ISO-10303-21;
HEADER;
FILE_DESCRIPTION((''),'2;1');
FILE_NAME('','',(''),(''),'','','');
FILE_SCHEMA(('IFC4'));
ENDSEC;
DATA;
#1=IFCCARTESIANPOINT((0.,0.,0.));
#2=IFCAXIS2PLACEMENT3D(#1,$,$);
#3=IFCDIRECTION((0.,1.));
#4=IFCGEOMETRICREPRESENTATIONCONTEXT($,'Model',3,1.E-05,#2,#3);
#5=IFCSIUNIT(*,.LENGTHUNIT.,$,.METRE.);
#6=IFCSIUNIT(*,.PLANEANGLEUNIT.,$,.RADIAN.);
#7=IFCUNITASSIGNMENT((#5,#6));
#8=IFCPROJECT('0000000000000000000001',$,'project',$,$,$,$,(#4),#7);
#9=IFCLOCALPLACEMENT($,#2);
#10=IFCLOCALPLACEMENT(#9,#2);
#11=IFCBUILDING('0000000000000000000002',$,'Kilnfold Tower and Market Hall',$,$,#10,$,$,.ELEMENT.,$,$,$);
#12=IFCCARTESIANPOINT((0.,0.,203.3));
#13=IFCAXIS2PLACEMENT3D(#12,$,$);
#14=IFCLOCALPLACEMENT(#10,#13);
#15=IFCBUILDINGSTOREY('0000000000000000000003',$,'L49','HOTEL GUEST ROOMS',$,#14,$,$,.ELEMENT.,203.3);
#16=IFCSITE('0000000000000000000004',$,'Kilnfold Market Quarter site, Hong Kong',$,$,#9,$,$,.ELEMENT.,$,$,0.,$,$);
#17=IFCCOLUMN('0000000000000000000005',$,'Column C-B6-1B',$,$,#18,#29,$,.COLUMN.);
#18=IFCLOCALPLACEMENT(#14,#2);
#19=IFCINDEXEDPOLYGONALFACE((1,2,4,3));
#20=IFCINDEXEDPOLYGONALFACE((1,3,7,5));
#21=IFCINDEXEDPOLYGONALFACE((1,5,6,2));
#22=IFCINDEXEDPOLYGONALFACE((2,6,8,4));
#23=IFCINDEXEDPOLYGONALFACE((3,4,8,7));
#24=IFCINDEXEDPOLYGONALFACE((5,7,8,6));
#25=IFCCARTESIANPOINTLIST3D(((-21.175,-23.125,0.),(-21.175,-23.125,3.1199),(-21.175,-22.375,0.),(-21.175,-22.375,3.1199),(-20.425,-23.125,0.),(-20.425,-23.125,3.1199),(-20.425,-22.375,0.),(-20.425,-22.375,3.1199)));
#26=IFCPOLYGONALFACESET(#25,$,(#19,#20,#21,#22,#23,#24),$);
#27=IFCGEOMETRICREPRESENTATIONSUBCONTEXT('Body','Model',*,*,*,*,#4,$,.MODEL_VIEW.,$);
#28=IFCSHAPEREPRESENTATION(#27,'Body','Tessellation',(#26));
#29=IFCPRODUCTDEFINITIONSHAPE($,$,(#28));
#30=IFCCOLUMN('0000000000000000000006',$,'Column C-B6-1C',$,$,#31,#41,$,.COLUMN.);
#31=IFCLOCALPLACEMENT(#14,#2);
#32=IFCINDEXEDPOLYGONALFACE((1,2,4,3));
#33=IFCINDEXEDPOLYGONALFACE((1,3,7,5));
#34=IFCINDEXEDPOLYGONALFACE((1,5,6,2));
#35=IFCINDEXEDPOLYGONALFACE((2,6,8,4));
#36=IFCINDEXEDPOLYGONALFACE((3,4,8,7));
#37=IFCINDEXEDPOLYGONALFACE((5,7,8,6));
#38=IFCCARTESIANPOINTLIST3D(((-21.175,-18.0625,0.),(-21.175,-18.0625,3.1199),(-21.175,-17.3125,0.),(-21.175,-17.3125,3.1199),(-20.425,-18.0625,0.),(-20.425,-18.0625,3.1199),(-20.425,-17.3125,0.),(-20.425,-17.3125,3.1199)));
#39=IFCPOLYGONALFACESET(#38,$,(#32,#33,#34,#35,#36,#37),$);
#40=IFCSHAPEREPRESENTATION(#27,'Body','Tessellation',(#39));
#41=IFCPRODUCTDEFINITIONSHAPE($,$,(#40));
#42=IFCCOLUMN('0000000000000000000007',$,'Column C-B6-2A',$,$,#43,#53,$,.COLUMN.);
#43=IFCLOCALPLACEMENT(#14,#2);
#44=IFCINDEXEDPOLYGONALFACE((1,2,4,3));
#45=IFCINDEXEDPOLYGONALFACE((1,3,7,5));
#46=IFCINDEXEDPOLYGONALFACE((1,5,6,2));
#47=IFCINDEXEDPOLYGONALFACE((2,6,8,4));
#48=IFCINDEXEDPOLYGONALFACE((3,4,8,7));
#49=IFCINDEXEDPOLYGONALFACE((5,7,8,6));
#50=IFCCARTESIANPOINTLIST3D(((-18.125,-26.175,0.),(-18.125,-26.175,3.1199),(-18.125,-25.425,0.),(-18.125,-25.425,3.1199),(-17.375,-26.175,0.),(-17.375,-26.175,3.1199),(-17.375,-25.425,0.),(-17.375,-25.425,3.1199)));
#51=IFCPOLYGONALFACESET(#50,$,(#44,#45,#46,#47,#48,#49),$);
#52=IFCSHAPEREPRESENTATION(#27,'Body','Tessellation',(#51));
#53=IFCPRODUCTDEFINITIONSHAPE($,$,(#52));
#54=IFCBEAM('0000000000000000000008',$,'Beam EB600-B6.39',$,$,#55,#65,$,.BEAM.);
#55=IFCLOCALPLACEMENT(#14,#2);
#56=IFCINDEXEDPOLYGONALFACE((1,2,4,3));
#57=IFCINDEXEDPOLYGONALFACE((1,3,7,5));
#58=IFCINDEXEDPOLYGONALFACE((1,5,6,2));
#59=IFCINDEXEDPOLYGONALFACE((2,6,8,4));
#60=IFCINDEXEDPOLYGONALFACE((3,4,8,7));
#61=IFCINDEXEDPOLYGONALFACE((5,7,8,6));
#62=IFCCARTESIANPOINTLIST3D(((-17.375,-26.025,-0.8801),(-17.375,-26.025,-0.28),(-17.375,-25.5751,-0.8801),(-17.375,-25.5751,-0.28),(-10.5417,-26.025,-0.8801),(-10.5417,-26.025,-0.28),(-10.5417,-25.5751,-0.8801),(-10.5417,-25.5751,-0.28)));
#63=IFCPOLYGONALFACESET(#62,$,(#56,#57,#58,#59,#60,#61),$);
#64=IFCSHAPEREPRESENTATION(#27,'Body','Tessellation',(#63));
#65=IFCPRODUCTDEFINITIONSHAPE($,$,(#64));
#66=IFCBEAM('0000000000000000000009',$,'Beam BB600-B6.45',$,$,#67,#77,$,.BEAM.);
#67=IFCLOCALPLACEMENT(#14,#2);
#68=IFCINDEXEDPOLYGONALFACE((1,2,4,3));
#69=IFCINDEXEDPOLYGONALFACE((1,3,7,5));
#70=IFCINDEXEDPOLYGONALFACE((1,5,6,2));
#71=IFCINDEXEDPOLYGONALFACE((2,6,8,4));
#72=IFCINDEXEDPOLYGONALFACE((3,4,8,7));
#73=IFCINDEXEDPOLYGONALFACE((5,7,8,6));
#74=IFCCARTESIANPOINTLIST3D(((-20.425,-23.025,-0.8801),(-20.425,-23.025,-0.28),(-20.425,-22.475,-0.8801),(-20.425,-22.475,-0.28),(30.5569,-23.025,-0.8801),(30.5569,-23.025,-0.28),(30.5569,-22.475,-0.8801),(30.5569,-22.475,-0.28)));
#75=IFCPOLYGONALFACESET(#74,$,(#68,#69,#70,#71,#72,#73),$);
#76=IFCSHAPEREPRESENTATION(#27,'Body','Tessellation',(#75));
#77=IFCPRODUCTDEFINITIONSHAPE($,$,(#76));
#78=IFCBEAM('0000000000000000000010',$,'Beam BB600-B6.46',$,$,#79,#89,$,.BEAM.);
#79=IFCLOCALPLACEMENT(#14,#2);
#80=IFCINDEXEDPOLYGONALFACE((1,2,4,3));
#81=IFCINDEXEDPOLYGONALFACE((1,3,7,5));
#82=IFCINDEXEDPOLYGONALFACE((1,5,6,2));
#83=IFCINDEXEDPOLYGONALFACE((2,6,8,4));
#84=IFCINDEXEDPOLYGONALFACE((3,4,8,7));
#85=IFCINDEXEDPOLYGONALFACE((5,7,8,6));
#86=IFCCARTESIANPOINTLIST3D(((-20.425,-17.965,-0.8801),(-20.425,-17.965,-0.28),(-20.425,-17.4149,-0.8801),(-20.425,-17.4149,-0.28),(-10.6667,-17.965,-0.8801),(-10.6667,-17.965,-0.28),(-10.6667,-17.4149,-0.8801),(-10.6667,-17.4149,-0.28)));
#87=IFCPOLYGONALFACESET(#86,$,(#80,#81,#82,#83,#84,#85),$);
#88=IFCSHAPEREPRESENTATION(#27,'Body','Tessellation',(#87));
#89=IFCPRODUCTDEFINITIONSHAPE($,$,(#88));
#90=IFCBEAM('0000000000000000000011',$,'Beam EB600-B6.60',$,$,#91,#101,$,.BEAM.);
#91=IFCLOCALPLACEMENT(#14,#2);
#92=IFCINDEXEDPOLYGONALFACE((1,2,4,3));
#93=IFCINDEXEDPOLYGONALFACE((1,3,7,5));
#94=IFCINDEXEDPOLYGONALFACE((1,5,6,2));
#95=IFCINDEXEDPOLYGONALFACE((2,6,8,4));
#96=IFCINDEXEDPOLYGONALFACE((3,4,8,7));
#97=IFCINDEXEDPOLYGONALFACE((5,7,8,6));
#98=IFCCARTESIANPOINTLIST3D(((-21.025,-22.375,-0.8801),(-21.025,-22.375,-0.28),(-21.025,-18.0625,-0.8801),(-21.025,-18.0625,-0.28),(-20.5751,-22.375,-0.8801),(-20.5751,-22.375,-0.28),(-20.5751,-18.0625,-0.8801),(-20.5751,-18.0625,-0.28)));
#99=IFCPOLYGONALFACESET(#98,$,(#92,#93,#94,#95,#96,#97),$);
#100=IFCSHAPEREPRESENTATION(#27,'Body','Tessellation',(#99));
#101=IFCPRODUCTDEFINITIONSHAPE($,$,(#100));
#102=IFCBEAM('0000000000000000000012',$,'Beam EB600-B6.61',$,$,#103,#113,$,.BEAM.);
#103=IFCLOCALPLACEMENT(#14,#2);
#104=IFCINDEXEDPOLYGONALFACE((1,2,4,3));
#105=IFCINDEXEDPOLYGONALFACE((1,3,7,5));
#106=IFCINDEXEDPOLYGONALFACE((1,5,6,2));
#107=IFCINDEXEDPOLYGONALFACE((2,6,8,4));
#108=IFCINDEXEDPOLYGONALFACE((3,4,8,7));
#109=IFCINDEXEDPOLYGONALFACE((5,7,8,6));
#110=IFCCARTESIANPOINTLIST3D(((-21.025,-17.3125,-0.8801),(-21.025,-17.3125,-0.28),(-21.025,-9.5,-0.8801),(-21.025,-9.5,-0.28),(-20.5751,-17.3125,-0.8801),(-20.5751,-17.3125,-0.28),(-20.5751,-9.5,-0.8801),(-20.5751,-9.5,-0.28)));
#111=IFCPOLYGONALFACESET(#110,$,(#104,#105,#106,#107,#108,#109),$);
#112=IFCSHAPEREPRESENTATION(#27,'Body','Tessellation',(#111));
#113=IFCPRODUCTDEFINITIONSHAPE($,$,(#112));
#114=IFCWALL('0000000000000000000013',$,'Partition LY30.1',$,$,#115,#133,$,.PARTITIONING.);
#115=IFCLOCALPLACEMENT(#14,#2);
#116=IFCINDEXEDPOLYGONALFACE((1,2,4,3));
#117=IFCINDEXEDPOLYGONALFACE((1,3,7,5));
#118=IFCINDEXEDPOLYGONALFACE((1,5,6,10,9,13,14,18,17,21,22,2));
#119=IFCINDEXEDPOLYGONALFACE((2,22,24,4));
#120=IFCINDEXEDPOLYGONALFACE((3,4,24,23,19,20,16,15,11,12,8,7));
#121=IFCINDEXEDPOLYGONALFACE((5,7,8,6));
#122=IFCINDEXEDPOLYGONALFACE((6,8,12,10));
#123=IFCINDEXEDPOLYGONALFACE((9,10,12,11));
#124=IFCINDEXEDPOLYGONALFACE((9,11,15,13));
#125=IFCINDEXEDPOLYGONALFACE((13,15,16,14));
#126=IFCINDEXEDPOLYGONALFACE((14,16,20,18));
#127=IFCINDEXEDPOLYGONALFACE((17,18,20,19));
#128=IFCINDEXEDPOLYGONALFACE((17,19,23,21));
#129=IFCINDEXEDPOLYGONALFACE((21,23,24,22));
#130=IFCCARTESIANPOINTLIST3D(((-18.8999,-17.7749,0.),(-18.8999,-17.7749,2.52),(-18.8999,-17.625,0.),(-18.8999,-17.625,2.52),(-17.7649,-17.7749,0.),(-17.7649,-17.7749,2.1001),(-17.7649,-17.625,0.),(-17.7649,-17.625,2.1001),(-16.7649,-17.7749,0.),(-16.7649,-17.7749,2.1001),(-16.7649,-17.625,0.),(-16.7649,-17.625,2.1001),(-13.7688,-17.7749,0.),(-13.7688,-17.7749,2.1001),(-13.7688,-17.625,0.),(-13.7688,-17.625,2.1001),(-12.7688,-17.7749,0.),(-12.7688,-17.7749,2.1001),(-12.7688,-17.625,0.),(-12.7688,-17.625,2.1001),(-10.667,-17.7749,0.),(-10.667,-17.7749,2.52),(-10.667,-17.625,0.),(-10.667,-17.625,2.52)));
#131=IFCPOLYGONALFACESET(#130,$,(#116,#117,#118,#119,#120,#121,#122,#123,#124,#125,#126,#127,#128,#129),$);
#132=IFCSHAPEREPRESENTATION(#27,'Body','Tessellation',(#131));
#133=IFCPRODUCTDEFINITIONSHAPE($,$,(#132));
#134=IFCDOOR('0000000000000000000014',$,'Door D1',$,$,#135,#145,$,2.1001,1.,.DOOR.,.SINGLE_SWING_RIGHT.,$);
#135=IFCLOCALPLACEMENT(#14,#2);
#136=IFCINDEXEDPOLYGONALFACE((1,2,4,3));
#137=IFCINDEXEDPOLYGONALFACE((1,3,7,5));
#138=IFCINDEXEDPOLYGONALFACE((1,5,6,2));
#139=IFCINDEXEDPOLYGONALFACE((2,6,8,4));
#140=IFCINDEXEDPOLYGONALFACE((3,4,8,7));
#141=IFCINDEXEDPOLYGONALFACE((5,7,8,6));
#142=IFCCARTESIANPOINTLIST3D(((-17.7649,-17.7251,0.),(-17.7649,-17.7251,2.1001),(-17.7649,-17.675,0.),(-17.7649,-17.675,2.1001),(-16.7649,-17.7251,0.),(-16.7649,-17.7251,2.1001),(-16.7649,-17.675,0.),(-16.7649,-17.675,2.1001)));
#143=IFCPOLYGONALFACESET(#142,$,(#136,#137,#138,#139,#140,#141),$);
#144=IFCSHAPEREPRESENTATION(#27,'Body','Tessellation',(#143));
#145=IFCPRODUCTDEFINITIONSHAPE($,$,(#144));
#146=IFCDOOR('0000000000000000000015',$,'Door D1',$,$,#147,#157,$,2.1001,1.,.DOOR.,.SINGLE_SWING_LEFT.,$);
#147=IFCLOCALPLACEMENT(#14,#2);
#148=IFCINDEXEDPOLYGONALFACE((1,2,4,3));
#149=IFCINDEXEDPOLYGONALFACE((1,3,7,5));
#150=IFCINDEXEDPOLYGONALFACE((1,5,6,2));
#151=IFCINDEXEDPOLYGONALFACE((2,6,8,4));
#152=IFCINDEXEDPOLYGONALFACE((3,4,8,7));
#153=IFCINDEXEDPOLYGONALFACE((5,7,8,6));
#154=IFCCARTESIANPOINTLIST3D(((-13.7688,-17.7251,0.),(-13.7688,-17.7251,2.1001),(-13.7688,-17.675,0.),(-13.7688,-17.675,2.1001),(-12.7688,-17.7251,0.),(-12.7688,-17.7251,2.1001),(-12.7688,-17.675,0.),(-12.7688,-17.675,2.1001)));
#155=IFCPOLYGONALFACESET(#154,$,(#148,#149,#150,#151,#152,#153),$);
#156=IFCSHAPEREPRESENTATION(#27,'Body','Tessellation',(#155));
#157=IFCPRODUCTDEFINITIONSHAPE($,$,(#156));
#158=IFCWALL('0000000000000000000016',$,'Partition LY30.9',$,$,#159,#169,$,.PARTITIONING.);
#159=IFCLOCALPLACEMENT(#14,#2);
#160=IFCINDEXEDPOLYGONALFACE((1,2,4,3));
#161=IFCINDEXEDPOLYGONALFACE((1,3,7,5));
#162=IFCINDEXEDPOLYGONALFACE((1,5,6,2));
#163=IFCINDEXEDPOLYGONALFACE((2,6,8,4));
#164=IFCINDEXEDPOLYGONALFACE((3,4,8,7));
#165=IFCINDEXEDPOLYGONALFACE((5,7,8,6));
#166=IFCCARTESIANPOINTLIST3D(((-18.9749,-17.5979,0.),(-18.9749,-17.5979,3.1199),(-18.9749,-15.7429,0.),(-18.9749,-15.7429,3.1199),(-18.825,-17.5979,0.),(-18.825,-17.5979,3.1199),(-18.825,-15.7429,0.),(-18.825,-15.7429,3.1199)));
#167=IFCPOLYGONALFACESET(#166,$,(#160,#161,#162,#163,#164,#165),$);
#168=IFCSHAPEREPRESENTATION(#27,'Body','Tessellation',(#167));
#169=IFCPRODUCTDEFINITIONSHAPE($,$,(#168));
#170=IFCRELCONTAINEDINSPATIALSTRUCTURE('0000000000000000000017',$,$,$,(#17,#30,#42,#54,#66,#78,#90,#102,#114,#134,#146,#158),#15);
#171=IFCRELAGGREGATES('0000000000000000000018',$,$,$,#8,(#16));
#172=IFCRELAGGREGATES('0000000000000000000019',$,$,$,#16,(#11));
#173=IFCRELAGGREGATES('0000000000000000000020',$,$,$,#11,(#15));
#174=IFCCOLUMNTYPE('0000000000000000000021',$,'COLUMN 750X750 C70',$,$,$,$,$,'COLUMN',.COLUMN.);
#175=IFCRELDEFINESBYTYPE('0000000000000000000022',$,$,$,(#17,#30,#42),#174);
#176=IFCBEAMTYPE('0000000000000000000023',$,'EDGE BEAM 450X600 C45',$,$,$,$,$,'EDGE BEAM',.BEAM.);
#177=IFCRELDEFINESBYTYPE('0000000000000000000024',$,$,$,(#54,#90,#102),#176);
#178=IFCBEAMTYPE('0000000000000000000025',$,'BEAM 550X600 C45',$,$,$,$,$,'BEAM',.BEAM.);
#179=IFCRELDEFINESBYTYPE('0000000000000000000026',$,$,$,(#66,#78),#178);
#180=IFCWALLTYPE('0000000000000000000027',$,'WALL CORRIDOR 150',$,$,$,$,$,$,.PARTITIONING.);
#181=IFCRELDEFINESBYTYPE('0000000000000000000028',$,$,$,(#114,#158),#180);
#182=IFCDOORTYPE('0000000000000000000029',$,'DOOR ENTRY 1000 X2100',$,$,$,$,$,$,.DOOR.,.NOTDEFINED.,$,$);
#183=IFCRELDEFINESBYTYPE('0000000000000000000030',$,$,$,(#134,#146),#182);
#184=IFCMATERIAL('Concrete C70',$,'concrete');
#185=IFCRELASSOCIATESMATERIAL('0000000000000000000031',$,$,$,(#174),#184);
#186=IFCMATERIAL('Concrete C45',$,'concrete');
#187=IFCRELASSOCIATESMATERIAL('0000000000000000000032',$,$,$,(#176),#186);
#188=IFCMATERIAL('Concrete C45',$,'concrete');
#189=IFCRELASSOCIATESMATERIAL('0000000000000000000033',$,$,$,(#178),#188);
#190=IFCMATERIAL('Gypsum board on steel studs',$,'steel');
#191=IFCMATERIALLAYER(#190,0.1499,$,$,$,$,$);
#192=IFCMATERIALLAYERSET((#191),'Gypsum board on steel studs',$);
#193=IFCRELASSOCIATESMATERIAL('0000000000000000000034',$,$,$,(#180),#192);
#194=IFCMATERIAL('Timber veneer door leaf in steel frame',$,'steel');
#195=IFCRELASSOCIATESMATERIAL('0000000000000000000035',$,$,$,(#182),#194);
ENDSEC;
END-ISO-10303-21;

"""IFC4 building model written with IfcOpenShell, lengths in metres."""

from ifc_helpers import new_model, si_unit, direction, frame, frame_2d, origin, origin_2d, place, context, subcontext, project, spatial, rectangle, extrude, source, transform, mapped, material, layer, layer_set, material_profile, profile_set, type_object, element, fill, save


model = new_model("IFC4")

# Units and contexts
model_context = context("Model", 3, precision=1e-05, world=origin(), true_north=direction((0.0, 1.0)))
body_context = subcontext(model_context, "Body", "Model", "MODEL_VIEW")
ifc_project = project(units=[si_unit("LENGTHUNIT", "METRE"), si_unit("PLANEANGLEUNIT", "RADIAN")], contexts=[model_context])

# Site, building, storey
site_placement = place(None, origin())
site = spatial("IfcSite", under=ifc_project, at=site_placement, Name="Kilnfold Market Quarter site, Hong Kong", CompositionType="ELEMENT", RefElevation=0.0)
building_placement = place(site_placement, origin())
building = spatial("IfcBuilding", under=site, at=building_placement, Name="Kilnfold Tower and Market Hall", CompositionType="ELEMENT")
storey_placement = place(building_placement, frame((0.0, 0.0, 203.3)))
storey = spatial("IfcBuildingStorey", under=building, at=storey_placement, Name="L49", Description="HOTEL GUEST ROOMS", CompositionType="ELEMENT", Elevation=203.3)

# Columns
ifc_material_1 = material(Name="Concrete C70", Category="concrete")
ifc_material_profile_1 = material_profile(ifc_material_1, rectangle(XDim=0.75, YDim=0.75, at=origin_2d()), Name="RC 750x750")
ifc_profile_set_1 = profile_set([ifc_material_profile_1], Name="Concrete C70")
column_type = type_object("IfcColumnType", Name="COLUMN 750X750 C70", ElementType="COLUMN", PredefinedType="COLUMN", material=ifc_profile_set_1)
shared_shape_1 = source(origin(), body_context, "Body", "SweptSolid", [
    extrude(rectangle(XDim=0.75, YDim=0.75, at=origin_2d()), origin(), (0.0, 0.0, 1.0), 3.1199),
])
for number, where, z_axis, x_axis, name in (
    (1, (-20.8, -22.75, 0.0), (0.0, 0.0, 1.0), (1.0, 0.0, 0.0), "Column C-B6-1B"),
    (2, (-20.8, -17.6875, 0.0), (0.0, 0.0, 1.0), (1.0, 0.0, 0.0), "Column C-B6-1C"),
    (3, (-17.75, -25.8, 0.0), (0.0, 0.0, 1.0), (1.0, 0.0, 0.0), "Column C-B6-2A"),
):
    element("IfcColumn", number, at=place(storey_placement, frame(where, z_axis=z_axis, x_axis=x_axis)), inside=storey, type_object=column_type, Name=name, PredefinedType="COLUMN", context=body_context, shape_type="MappedRepresentation", body=[
        mapped(shared_shape_1, transform((0.0, 0.0, 0.0))),
    ])

# Beams
ifc_material_2 = material(Name="Concrete C45", Category="concrete")
ifc_material_profile_2 = material_profile(ifc_material_2, rectangle(XDim=0.45, YDim=0.6001, at=origin_2d()), Name="RC 450x600")
ifc_profile_set_2 = profile_set([ifc_material_profile_2], Name="Concrete C45")
beam_type_1 = type_object("IfcBeamType", Name="EDGE BEAM 450X600 C45", ElementType="EDGE BEAM", PredefinedType="BEAM", material=ifc_profile_set_2)
shared_shape_2 = source(origin(), body_context, "Body", "SweptSolid", [
    extrude(rectangle(XDim=0.45, YDim=0.6001, at=origin_2d()), origin(), (0.0, 0.0, 1.0), 6.8333),
])
beam_1_placement = place(storey_placement, frame((-17.375, -25.8, -0.5801), z_axis=(1.0, 0.0, 0.0), x_axis=(0.0, 1.0, 0.0)))
element("IfcBeam", 4, at=beam_1_placement, inside=storey, type_object=beam_type_1, Name="Beam EB600-B6.39", PredefinedType="BEAM", context=body_context, shape_type="MappedRepresentation", body=[
    mapped(shared_shape_2, transform((0.0, 0.0, 0.0))),
])
ifc_material_3 = material(Name="Concrete C45", Category="concrete")
ifc_material_profile_3 = material_profile(ifc_material_3, rectangle(XDim=0.55, YDim=0.6001, at=origin_2d()), Name="RC 550x600")
ifc_profile_set_3 = profile_set([ifc_material_profile_3], Name="Concrete C45")
beam_type_2 = type_object("IfcBeamType", Name="BEAM 550X600 C45", ElementType="BEAM", PredefinedType="BEAM", material=ifc_profile_set_3)
shared_shape_3 = source(origin(), body_context, "Body", "SweptSolid", [
    extrude(rectangle(XDim=0.55, YDim=0.6001, at=origin_2d()), origin(), (0.0, 0.0, 1.0), 50.9819),
])
beam_2_placement = place(storey_placement, frame((-20.425, -22.75, -0.5801), z_axis=(1.0, 0.0, 0.0), x_axis=(0.0, 1.0, 0.0)))
element("IfcBeam", 5, at=beam_2_placement, inside=storey, type_object=beam_type_2, Name="Beam BB600-B6.45", PredefinedType="BEAM", context=body_context, shape_type="MappedRepresentation", body=[
    mapped(shared_shape_3, transform((0.0, 0.0, 0.0))),
])
shared_shape_4 = source(origin(), body_context, "Body", "SweptSolid", [
    extrude(rectangle(XDim=0.55, YDim=0.6001, at=origin_2d()), origin(), (0.0, 0.0, 1.0), 9.7583),
])
beam_3_placement = place(storey_placement, frame((-20.425, -17.6899, -0.5801), z_axis=(1.0, 0.0, 0.0), x_axis=(0.0, 1.0, 0.0)))
element("IfcBeam", 6, at=beam_3_placement, inside=storey, type_object=beam_type_2, Name="Beam BB600-B6.46", PredefinedType="BEAM", context=body_context, shape_type="MappedRepresentation", body=[
    mapped(shared_shape_4, transform((0.0, 0.0, 0.0))),
])
shared_shape_5 = source(origin(), body_context, "Body", "SweptSolid", [
    extrude(rectangle(XDim=0.45, YDim=0.6001, at=origin_2d()), origin(), (0.0, 0.0, 1.0), 4.3125),
])
beam_4_placement = place(storey_placement, frame((-20.8, -22.375, -0.5801), z_axis=(0.0, 1.0, 0.0), x_axis=(-1.0, 0.0, 0.0)))
element("IfcBeam", 7, at=beam_4_placement, inside=storey, type_object=beam_type_1, Name="Beam EB600-B6.60", PredefinedType="BEAM", context=body_context, shape_type="MappedRepresentation", body=[
    mapped(shared_shape_5, transform((0.0, 0.0, 0.0))),
])
shared_shape_6 = source(origin(), body_context, "Body", "SweptSolid", [
    extrude(rectangle(XDim=0.45, YDim=0.6001, at=origin_2d()), origin(), (0.0, 0.0, 1.0), 7.8125),
])
beam_5_placement = place(storey_placement, frame((-20.8, -17.3125, -0.5801), z_axis=(0.0, 1.0, 0.0), x_axis=(-1.0, 0.0, 0.0)))
element("IfcBeam", 8, at=beam_5_placement, inside=storey, type_object=beam_type_1, Name="Beam EB600-B6.61", PredefinedType="BEAM", context=body_context, shape_type="MappedRepresentation", body=[
    mapped(shared_shape_6, transform((0.0, 0.0, 0.0))),
])

# Wall, openings, doors
ifc_material_4 = material(Name="Gypsum board on steel studs", Category="steel")
ifc_layer_1 = layer(ifc_material_4, 0.1499)
ifc_layer_set_1 = layer_set([ifc_layer_1], Name="Gypsum board on steel studs")
wall_type_1 = type_object("IfcWallType", Name="WALL CORRIDOR 150", PredefinedType="PARTITIONING", material=ifc_layer_set_1)
wall_1_placement = place(storey_placement, frame((-18.8999, -17.7, 0.0), z_axis=(0.0, 0.0, 1.0), x_axis=(1.0, 0.0, 0.0)))
wall_1 = element("IfcWall", 9, at=wall_1_placement, inside=storey, type_object=wall_type_1, Name="Partition LY30.1", PredefinedType="PARTITIONING", context=body_context, shape_type="SweptSolid", body=[
    extrude(rectangle(XDim=8.2329, YDim=0.1499, at=frame_2d((4.1165, 0.0))), origin(), (0.0, 0.0, 1.0), 2.52),
])
opening_1_placement = place(wall_1_placement, frame((1.135, 0.0, 0.0)))
opening_1 = element("IfcOpeningElement", 10, at=opening_1_placement, cuts=wall_1, PredefinedType="OPENING", context=body_context, shape_type="SweptSolid", body=[
    extrude(rectangle(XDim=1.0, YDim=2.1001, at=frame_2d((0.5, 1.05))), frame((0.0, 0.085, 0.0), z_axis=(0.0, -1.0, 0.0), x_axis=(1.0, 0.0, 0.0)), (0.0, 0.0, 1.0), 0.1699),
])
opening_2_placement = place(wall_1_placement, frame((5.1311, 0.0, 0.0)))
opening_2 = element("IfcOpeningElement", 11, at=opening_2_placement, cuts=wall_1, PredefinedType="OPENING", context=body_context, shape_type="SweptSolid", body=[
    extrude(rectangle(XDim=1.0, YDim=2.1001, at=frame_2d((0.5, 1.05))), frame((0.0, 0.085, 0.0), z_axis=(0.0, -1.0, 0.0), x_axis=(1.0, 0.0, 0.0)), (0.0, 0.0, 1.0), 0.1699),
])
ifc_material_5 = material(Name="Timber veneer door leaf in steel frame", Category="steel")
door_type_1 = type_object("IfcDoorType", Name="DOOR ENTRY 1000 X2100", OperationType="NOTDEFINED", PredefinedType="DOOR", material=ifc_material_5)
door_1_placement = place(opening_1_placement, origin())
door_1 = element("IfcDoor", 12, at=door_1_placement, inside=storey, type_object=door_type_1, Name="Door D1", OperationType="SINGLE_SWING_RIGHT", OverallHeight=2.1001, OverallWidth=1.0, PredefinedType="DOOR", context=body_context, shape_type="SweptSolid", body=[
    extrude(rectangle(XDim=1.0, YDim=2.1001, at=frame_2d((0.5, 1.05))), frame((0.0, 0.0249, 0.0), z_axis=(0.0, -1.0, 0.0), x_axis=(1.0, 0.0, 0.0)), (0.0, 0.0, 1.0), 0.05),
])
fill(opening_1, door_1)
door_2_placement = place(opening_2_placement, origin())
door_2 = element("IfcDoor", 13, at=door_2_placement, inside=storey, type_object=door_type_1, Name="Door D1", OperationType="SINGLE_SWING_LEFT", OverallHeight=2.1001, OverallWidth=1.0, PredefinedType="DOOR", context=body_context, shape_type="SweptSolid", body=[
    extrude(rectangle(XDim=1.0, YDim=2.1001, at=frame_2d((0.5, 1.05))), frame((0.0, 0.0249, 0.0), z_axis=(0.0, -1.0, 0.0), x_axis=(1.0, 0.0, 0.0)), (0.0, 0.0, 1.0), 0.05),
])
fill(opening_2, door_2)

# Wall
wall_2_placement = place(storey_placement, frame((-18.8999, -17.5979, 0.0), z_axis=(0.0, 0.0, 1.0), x_axis=(0.0, 1.0, 0.0)))
element("IfcWall", 14, at=wall_2_placement, inside=storey, type_object=wall_type_1, Name="Partition LY30.9", PredefinedType="PARTITIONING", context=body_context, shape_type="SweptSolid", body=[
    extrude(rectangle(XDim=1.855, YDim=0.1499, at=frame_2d((0.9275, 0.0))), origin(), (0.0, 0.0, 1.0), 3.1199),
])

save(model, "model.ifc")
